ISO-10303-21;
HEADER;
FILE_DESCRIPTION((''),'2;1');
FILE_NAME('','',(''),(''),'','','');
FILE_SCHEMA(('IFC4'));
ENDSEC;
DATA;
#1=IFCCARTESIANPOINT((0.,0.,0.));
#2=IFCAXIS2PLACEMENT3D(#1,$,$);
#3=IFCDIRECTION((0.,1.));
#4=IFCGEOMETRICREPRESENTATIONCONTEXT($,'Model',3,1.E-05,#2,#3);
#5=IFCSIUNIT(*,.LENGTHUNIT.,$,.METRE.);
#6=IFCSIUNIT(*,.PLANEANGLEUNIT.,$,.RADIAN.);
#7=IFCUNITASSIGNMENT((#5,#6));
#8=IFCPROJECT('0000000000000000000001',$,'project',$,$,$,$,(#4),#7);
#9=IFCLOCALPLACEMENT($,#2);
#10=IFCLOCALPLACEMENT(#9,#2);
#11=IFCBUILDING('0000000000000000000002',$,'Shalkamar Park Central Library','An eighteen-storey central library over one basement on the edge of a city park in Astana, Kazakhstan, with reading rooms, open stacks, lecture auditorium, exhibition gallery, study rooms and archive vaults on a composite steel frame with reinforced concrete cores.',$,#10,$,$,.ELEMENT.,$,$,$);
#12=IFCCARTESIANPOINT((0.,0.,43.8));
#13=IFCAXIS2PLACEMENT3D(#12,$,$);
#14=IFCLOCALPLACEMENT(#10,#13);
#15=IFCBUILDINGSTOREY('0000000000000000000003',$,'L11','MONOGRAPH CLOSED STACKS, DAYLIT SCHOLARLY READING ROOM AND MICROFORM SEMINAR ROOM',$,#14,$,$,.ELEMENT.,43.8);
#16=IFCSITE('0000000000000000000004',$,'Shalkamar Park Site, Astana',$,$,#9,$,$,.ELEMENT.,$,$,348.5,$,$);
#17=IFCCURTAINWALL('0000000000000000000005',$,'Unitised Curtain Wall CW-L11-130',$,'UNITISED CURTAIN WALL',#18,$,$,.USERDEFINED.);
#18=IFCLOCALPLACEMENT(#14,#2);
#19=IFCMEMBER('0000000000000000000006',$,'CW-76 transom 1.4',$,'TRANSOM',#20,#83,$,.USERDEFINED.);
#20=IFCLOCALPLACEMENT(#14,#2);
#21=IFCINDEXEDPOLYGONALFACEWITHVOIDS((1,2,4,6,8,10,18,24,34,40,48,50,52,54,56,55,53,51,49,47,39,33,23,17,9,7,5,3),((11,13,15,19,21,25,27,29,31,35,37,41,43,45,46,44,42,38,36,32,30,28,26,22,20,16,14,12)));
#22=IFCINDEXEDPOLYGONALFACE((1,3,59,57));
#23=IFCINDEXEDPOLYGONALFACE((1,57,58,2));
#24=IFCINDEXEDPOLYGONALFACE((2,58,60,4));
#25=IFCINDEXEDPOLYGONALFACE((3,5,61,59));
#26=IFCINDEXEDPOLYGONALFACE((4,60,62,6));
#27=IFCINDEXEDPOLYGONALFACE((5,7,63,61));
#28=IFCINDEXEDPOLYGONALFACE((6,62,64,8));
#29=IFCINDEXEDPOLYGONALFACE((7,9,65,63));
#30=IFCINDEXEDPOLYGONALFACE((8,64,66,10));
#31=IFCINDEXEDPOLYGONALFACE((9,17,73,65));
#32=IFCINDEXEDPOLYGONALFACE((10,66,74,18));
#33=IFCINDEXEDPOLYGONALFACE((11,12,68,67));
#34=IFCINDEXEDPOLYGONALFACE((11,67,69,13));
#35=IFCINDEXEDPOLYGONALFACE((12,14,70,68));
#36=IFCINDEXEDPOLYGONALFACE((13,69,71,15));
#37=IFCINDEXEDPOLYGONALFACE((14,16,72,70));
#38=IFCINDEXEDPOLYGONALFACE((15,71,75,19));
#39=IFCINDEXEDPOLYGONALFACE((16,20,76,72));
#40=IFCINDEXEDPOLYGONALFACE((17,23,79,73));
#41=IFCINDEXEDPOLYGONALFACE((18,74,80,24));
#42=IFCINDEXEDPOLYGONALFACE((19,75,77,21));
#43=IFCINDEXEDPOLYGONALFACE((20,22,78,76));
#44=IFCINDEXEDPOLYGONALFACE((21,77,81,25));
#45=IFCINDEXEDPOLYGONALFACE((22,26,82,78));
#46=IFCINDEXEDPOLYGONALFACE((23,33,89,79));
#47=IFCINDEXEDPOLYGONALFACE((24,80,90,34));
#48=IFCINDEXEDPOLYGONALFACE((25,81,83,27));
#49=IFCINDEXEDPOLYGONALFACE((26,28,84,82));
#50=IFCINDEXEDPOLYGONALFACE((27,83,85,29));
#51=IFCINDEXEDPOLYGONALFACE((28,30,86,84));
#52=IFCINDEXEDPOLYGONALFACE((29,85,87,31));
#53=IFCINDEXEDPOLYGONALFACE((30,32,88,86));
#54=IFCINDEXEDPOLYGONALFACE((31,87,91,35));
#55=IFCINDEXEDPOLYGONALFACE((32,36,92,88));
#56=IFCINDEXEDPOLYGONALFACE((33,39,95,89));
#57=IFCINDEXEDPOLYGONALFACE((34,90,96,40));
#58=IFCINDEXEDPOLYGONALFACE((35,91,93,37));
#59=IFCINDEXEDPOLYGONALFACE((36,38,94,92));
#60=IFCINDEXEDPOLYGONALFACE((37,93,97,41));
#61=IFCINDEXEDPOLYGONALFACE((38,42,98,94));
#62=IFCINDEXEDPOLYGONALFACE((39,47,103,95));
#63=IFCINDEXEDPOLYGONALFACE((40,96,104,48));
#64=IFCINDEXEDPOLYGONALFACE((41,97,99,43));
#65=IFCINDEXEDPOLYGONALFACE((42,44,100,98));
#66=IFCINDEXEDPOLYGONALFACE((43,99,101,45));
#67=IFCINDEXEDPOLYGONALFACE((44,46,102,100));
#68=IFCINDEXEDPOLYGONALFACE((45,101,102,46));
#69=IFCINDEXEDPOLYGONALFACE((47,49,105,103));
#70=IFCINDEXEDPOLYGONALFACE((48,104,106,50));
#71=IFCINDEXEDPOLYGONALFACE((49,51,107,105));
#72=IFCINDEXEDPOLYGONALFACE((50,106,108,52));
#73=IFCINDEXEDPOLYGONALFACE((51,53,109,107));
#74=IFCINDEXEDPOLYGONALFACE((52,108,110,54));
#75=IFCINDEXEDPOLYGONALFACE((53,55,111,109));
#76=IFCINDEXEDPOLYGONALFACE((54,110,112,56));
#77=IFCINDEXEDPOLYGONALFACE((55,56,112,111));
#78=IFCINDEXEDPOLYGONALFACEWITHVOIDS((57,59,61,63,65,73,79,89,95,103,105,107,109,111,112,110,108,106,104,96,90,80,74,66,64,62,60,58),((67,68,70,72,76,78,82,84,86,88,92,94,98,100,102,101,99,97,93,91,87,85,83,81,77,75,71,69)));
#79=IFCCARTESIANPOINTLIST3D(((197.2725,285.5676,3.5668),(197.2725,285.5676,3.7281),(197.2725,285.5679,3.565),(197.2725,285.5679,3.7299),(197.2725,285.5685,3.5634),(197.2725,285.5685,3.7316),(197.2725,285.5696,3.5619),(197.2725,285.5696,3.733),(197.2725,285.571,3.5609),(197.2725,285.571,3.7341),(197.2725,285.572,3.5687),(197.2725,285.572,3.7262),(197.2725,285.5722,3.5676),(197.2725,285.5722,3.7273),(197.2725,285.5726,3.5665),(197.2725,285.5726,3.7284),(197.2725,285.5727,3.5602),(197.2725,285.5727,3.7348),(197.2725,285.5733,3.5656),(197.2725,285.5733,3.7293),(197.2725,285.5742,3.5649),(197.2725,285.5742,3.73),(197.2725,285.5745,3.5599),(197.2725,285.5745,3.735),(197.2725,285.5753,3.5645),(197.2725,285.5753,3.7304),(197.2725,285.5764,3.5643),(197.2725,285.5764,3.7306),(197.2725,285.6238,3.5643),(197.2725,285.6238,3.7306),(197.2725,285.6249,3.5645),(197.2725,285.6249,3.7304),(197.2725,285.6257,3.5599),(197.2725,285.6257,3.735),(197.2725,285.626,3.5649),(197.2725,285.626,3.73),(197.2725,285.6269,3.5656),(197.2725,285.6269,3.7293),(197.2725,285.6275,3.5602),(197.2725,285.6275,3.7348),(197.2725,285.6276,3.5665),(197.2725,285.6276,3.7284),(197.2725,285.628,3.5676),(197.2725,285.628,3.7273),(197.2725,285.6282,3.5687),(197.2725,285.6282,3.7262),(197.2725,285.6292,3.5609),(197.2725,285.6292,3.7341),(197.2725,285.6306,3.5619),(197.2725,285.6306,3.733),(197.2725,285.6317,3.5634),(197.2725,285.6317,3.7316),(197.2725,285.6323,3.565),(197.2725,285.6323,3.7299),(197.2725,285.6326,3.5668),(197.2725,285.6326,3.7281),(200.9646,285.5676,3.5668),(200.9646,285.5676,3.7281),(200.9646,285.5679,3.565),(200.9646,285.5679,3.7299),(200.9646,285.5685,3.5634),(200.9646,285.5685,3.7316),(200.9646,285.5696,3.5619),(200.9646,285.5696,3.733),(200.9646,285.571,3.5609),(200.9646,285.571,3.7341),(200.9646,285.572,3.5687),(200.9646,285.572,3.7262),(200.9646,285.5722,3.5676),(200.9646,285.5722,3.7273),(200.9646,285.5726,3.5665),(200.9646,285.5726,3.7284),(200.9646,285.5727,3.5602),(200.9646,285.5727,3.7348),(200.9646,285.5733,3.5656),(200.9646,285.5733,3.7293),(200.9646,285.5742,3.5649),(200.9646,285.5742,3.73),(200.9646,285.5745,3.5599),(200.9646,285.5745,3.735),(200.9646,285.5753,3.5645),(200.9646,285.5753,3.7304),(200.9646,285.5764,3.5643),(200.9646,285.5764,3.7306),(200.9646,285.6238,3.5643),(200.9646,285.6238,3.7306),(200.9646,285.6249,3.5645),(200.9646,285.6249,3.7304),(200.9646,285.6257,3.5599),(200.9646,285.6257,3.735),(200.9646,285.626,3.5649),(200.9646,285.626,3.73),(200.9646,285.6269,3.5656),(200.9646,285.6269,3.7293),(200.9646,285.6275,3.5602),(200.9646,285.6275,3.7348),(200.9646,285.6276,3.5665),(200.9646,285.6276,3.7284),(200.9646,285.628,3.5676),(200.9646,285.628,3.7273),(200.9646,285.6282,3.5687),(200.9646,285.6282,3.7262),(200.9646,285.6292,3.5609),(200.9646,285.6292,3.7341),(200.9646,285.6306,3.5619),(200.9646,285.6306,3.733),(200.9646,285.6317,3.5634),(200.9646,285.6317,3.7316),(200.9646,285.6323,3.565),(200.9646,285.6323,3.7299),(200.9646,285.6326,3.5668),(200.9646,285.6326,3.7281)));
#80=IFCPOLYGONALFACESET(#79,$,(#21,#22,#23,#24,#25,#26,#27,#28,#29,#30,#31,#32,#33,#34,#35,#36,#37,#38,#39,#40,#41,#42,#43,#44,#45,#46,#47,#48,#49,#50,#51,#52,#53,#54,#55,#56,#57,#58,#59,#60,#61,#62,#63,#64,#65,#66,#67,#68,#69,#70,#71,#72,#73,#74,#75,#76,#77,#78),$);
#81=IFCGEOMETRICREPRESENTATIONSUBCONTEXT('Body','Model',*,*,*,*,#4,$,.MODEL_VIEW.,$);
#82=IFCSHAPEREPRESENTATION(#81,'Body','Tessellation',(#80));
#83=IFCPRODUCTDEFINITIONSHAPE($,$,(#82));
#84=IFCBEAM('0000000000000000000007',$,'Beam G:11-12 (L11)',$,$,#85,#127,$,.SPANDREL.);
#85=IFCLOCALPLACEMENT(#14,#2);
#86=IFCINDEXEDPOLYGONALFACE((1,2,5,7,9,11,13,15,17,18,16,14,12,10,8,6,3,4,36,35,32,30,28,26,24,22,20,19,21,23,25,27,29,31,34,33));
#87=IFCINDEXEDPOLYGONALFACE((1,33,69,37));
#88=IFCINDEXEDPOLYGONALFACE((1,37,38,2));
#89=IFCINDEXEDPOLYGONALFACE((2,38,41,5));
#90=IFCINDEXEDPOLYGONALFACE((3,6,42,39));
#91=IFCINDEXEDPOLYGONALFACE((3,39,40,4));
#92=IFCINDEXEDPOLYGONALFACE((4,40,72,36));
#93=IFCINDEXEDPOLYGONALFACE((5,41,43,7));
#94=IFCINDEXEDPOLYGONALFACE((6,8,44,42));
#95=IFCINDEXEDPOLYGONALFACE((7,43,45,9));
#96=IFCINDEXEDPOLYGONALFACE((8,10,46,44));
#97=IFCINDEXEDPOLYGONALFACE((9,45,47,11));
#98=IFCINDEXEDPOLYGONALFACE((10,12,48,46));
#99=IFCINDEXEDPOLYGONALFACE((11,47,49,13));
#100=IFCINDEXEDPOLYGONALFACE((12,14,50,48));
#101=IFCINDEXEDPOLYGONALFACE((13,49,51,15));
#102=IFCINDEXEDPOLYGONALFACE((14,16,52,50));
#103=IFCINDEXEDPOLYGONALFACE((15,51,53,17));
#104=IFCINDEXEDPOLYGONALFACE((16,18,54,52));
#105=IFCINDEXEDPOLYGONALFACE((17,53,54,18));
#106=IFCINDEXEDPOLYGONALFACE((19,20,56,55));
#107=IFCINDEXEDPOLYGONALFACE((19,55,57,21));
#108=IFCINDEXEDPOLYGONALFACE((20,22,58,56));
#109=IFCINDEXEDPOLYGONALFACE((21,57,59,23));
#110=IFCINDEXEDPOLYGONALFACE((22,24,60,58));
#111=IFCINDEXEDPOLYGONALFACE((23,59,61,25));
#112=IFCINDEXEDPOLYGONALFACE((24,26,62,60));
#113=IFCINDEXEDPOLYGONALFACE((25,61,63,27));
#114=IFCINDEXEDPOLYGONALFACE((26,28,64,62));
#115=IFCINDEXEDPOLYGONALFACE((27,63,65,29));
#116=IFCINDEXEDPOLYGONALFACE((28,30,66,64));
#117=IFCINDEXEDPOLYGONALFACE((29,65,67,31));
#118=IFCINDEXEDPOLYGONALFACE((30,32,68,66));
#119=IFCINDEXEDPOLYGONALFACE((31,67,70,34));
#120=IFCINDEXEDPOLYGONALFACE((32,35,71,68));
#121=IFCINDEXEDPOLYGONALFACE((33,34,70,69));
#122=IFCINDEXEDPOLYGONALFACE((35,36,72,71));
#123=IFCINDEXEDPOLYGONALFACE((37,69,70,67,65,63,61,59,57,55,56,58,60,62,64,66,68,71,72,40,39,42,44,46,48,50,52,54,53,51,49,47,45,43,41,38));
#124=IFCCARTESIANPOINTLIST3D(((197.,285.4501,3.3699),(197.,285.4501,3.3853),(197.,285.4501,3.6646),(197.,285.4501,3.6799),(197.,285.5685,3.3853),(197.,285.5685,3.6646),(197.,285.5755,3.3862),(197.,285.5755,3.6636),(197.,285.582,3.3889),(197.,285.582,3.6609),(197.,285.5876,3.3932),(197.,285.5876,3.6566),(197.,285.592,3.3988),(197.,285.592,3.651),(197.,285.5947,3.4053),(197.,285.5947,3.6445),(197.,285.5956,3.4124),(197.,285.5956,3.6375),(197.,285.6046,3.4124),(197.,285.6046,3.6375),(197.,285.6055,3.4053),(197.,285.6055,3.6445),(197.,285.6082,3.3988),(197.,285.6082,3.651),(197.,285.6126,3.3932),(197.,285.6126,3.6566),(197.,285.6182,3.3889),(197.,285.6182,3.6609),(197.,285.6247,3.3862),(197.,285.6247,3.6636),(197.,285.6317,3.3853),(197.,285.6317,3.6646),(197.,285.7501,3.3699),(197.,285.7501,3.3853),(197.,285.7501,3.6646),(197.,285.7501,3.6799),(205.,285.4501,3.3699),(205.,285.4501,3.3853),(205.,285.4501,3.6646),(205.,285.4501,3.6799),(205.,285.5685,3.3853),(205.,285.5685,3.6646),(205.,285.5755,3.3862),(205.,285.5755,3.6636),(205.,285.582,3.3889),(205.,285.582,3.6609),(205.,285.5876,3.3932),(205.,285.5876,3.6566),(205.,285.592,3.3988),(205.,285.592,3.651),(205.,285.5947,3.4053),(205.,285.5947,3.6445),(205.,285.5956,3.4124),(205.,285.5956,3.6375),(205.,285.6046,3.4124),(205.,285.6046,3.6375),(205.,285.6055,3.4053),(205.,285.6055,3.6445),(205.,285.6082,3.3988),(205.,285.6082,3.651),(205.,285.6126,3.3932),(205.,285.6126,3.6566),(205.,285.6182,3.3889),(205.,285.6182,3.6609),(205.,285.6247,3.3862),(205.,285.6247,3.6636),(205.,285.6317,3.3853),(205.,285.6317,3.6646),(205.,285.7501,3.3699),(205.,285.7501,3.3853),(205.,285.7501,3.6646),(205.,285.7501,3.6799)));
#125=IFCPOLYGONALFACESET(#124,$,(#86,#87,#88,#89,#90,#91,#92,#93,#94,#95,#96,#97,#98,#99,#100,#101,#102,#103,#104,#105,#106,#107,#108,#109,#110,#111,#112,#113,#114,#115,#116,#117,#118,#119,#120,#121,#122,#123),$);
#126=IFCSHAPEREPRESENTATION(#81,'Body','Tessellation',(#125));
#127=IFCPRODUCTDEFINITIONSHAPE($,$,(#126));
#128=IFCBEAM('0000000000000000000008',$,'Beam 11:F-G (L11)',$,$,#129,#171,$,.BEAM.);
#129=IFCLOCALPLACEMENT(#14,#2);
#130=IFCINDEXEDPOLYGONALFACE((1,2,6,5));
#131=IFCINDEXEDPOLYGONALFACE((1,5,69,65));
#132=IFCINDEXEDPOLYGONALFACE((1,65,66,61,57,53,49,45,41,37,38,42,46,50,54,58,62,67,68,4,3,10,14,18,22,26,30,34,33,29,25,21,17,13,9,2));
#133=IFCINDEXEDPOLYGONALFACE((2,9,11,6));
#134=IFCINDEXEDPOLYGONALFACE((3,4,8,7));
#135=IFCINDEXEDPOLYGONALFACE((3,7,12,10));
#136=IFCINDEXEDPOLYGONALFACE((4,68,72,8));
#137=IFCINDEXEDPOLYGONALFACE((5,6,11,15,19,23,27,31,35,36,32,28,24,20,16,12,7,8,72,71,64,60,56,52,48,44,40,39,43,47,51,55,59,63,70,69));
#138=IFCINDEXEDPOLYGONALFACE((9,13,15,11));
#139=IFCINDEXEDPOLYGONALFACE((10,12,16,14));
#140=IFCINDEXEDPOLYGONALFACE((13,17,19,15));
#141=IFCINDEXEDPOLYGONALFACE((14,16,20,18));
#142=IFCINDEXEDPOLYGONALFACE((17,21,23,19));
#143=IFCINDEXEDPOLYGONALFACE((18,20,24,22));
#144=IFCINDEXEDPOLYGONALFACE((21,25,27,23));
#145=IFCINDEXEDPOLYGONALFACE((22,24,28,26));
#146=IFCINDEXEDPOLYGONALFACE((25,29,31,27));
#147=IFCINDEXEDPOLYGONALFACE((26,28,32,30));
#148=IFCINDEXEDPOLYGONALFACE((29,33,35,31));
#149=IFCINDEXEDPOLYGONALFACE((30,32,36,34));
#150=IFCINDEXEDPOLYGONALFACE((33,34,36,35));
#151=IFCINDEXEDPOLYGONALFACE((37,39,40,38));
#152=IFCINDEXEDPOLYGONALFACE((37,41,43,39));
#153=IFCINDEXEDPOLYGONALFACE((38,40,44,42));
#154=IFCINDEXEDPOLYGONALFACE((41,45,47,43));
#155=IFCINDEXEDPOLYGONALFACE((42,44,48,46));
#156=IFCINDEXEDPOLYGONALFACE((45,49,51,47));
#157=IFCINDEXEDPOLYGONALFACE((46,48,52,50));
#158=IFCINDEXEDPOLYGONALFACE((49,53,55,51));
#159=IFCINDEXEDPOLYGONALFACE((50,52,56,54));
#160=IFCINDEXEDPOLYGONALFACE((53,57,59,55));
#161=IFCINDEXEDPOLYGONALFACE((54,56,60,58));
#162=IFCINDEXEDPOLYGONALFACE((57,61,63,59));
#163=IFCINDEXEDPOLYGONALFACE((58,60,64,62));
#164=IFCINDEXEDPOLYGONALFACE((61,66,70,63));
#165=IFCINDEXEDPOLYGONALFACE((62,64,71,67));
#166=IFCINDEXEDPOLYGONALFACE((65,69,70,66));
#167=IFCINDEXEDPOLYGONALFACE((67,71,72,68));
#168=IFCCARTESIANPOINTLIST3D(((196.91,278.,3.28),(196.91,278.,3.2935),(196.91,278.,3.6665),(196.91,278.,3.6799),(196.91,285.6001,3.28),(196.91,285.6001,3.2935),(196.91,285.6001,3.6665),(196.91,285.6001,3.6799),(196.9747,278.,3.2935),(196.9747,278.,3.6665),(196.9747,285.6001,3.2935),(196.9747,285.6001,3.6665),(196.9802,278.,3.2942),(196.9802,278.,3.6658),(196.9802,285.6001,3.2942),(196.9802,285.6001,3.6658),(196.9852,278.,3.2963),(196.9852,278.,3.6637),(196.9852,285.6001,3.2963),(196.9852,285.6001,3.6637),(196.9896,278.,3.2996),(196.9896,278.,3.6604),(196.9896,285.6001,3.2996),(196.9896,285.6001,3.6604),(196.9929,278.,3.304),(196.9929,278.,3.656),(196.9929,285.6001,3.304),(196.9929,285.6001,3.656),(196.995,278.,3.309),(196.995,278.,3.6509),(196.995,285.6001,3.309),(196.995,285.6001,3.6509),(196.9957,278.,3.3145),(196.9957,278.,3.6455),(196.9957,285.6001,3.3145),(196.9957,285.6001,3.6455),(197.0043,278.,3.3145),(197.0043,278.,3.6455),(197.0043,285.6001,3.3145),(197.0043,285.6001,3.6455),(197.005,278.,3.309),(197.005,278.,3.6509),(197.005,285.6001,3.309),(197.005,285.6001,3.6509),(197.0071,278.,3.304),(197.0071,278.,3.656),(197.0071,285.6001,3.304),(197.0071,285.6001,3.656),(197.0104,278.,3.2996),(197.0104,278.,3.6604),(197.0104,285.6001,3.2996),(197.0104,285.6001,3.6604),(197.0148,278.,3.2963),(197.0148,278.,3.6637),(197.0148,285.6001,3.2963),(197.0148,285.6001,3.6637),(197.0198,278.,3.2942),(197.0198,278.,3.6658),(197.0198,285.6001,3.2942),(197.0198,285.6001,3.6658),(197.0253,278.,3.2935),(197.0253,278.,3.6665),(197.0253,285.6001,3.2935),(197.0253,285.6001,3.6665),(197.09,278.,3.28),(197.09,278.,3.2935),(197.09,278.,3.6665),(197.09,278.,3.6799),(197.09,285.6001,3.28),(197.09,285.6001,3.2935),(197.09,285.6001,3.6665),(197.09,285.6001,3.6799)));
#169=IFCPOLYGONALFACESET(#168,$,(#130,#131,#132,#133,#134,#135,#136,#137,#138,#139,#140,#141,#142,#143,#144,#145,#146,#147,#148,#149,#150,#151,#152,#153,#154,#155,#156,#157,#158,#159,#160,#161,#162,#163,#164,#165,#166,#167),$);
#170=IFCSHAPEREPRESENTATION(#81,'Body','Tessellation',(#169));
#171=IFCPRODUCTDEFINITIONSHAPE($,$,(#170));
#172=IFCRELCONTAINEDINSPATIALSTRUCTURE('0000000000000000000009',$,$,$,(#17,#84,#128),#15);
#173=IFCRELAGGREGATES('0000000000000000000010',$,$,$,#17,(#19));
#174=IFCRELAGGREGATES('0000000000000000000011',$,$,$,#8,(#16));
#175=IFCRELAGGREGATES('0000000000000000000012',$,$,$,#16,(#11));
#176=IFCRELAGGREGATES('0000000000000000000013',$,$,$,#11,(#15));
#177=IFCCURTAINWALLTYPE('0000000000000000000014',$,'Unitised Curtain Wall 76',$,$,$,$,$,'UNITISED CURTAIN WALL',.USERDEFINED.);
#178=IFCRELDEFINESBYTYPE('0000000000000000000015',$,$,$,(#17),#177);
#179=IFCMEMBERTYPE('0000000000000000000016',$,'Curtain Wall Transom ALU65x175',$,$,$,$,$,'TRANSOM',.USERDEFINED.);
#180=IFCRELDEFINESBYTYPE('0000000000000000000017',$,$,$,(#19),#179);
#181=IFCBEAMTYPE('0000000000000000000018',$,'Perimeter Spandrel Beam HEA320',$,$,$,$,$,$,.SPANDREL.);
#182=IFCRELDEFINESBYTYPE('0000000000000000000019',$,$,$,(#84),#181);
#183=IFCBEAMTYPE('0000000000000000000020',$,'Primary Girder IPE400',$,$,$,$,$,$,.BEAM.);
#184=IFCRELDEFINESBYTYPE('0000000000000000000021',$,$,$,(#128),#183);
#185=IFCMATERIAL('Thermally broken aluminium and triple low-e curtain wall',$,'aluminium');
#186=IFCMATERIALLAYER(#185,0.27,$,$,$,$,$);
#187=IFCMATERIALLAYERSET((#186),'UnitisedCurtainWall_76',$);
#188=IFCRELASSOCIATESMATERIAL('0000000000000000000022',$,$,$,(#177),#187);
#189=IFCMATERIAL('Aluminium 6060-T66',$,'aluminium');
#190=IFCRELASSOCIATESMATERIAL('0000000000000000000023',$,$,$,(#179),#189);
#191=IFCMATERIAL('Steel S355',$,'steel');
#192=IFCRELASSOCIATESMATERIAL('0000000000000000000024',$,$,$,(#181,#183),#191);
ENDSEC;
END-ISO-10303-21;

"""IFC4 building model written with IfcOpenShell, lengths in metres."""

from ifc_helpers import new_model, si_unit, direction, frame, origin, origin_2d, place, context, subcontext, project, spatial, hollow_rectangle, i_section, extrude, material, layer, layer_set, material_profile, profile_set, type_object, element, aggregate, save


model = new_model("IFC4")

# Units and contexts
model_context = context("Model", 3, precision=1e-05, world=origin(), true_north=direction((0.0, 1.0)))
body_context = subcontext(model_context, "Body", "Model", "MODEL_VIEW")
ifc_project = project(units=[si_unit("LENGTHUNIT", "METRE"), si_unit("PLANEANGLEUNIT", "RADIAN")], contexts=[model_context])

# Site, building, storey
site_placement = place(None, origin())
site = spatial("IfcSite", under=ifc_project, at=site_placement, Name="Shalkamar Park Site, Astana", CompositionType="ELEMENT", RefElevation=348.5)
building_placement = place(site_placement, origin())
building = spatial("IfcBuilding", under=site, at=building_placement, Name="Shalkamar Park Central Library", Description="An eighteen-storey central library over one basement on the edge of a city park in Astana, Kazakhstan, with reading rooms, open stacks, lecture auditorium, exhibition gallery, study rooms and archive vaults on a composite steel frame with reinforced concrete cores.", CompositionType="ELEMENT")
storey_placement = place(building_placement, frame((0.0, 0.0, 43.8)))
storey = spatial("IfcBuildingStorey", under=building, at=storey_placement, Name="L11", Description="MONOGRAPH CLOSED STACKS, DAYLIT SCHOLARLY READING ROOM AND MICROFORM SEMINAR ROOM", CompositionType="ELEMENT", Elevation=43.8)

# Shared definitions
ifc_material_1 = material(Name="Steel S355", Category="steel")

# Curtain wall
ifc_material_2 = material(Name="Thermally broken aluminium and triple low-e curtain wall", Category="aluminium")
ifc_material_3 = material(Name="Aluminium 6060-T66", Category="aluminium")
ifc_layer_1 = layer(ifc_material_2, 0.27)
ifc_layer_set_1 = layer_set([ifc_layer_1], Name="UnitisedCurtainWall_76")
curtain_wall_type_1 = type_object("IfcCurtainWallType", Name="Unitised Curtain Wall 76", ElementType="UNITISED CURTAIN WALL", PredefinedType="USERDEFINED", material=ifc_layer_set_1)
curtain_wall_1_placement = place(storey_placement, origin())
curtain_wall_1 = element("IfcCurtainWall", 1, at=curtain_wall_1_placement, inside=storey, type_object=curtain_wall_type_1, Name="Unitised Curtain Wall CW-L11-130", ObjectType="UNITISED CURTAIN WALL", PredefinedType="USERDEFINED")

# Member
ifc_material_profile_1 = material_profile(ifc_material_3, hollow_rectangle(XDim=0.0649, YDim=0.175, WallThickness=0.0044, InnerFilletRadius=0.0044, OuterFilletRadius=0.0068, at=origin_2d()), Name="ALU 65x175x4.5")
ifc_profile_set_1 = profile_set([ifc_material_profile_1], Name="Aluminium 6060-T66")
member_type_1 = type_object("IfcMemberType", Name="Curtain Wall Transom ALU65x175", ElementType="TRANSOM", PredefinedType="USERDEFINED", material=ifc_profile_set_1)
member_1_placement = place(storey_placement, frame((197.2725, 285.6001, 3.6475), z_axis=(1.0, 0.0, 0.0), x_axis=(0.0, 1.0, 0.0)))
member_1 = element("IfcMember", 2, at=member_1_placement, type_object=member_type_1, Name="CW-76 transom 1.4", ObjectType="TRANSOM", PredefinedType="USERDEFINED", context=body_context, shape_type="SweptSolid", body=[
    extrude(hollow_rectangle(XDim=0.0649, YDim=0.175, WallThickness=0.0044, InnerFilletRadius=0.0044, OuterFilletRadius=0.0068, at=origin_2d()), origin(), (0.0, 0.0, 1.0), 3.6921),
])

# Beams
ifc_material_profile_2 = material_profile(ifc_material_1, i_section(OverallWidth=0.3, OverallDepth=0.3101, WebThickness=0.009, FlangeThickness=0.0154, FilletRadius=0.0271, at=origin_2d()), Name="HEA 320")
ifc_profile_set_2 = profile_set([ifc_material_profile_2], Name="Steel S355")
beam_type_1 = type_object("IfcBeamType", Name="Perimeter Spandrel Beam HEA320", PredefinedType="SPANDREL", material=ifc_profile_set_2)
beam_1_placement = place(storey_placement, frame((197.0, 285.6001, 3.5249), z_axis=(1.0, 0.0, 0.0), x_axis=(0.0, 1.0, 0.0)))
element("IfcBeam", 3, at=beam_1_placement, inside=storey, type_object=beam_type_1, Name="Beam G:11-12 (L11)", PredefinedType="SPANDREL", context=body_context, shape_type="SweptSolid", body=[
    extrude(i_section(OverallWidth=0.3, OverallDepth=0.3101, WebThickness=0.009, FlangeThickness=0.0154, FilletRadius=0.0271, at=origin_2d()), origin(), (0.0, 0.0, 1.0), 8.0),
])
ifc_material_profile_3 = material_profile(ifc_material_1, i_section(OverallWidth=0.1799, OverallDepth=0.3999, WebThickness=0.0085, FlangeThickness=0.0134, FilletRadius=0.021, at=origin_2d()), Name="IPE 400")
ifc_profile_set_3 = profile_set([ifc_material_profile_3], Name="Steel S355")
beam_type_2 = type_object("IfcBeamType", Name="Primary Girder IPE400", PredefinedType="BEAM", material=ifc_profile_set_3)
beam_2_placement = place(storey_placement, frame((197.0, 278.0, 3.48), z_axis=(0.0, 1.0, 0.0), x_axis=(-1.0, 0.0, 0.0)))
element("IfcBeam", 4, at=beam_2_placement, inside=storey, type_object=beam_type_2, Name="Beam 11:F-G (L11)", PredefinedType="BEAM", context=body_context, shape_type="SweptSolid", body=[
    extrude(i_section(OverallWidth=0.1799, OverallDepth=0.3999, WebThickness=0.0085, FlangeThickness=0.0134, FilletRadius=0.021, at=origin_2d()), origin(), (0.0, 0.0, 1.0), 7.6001),
])

aggregate(curtain_wall_1, [member_1])

save(model, "model.ifc")
